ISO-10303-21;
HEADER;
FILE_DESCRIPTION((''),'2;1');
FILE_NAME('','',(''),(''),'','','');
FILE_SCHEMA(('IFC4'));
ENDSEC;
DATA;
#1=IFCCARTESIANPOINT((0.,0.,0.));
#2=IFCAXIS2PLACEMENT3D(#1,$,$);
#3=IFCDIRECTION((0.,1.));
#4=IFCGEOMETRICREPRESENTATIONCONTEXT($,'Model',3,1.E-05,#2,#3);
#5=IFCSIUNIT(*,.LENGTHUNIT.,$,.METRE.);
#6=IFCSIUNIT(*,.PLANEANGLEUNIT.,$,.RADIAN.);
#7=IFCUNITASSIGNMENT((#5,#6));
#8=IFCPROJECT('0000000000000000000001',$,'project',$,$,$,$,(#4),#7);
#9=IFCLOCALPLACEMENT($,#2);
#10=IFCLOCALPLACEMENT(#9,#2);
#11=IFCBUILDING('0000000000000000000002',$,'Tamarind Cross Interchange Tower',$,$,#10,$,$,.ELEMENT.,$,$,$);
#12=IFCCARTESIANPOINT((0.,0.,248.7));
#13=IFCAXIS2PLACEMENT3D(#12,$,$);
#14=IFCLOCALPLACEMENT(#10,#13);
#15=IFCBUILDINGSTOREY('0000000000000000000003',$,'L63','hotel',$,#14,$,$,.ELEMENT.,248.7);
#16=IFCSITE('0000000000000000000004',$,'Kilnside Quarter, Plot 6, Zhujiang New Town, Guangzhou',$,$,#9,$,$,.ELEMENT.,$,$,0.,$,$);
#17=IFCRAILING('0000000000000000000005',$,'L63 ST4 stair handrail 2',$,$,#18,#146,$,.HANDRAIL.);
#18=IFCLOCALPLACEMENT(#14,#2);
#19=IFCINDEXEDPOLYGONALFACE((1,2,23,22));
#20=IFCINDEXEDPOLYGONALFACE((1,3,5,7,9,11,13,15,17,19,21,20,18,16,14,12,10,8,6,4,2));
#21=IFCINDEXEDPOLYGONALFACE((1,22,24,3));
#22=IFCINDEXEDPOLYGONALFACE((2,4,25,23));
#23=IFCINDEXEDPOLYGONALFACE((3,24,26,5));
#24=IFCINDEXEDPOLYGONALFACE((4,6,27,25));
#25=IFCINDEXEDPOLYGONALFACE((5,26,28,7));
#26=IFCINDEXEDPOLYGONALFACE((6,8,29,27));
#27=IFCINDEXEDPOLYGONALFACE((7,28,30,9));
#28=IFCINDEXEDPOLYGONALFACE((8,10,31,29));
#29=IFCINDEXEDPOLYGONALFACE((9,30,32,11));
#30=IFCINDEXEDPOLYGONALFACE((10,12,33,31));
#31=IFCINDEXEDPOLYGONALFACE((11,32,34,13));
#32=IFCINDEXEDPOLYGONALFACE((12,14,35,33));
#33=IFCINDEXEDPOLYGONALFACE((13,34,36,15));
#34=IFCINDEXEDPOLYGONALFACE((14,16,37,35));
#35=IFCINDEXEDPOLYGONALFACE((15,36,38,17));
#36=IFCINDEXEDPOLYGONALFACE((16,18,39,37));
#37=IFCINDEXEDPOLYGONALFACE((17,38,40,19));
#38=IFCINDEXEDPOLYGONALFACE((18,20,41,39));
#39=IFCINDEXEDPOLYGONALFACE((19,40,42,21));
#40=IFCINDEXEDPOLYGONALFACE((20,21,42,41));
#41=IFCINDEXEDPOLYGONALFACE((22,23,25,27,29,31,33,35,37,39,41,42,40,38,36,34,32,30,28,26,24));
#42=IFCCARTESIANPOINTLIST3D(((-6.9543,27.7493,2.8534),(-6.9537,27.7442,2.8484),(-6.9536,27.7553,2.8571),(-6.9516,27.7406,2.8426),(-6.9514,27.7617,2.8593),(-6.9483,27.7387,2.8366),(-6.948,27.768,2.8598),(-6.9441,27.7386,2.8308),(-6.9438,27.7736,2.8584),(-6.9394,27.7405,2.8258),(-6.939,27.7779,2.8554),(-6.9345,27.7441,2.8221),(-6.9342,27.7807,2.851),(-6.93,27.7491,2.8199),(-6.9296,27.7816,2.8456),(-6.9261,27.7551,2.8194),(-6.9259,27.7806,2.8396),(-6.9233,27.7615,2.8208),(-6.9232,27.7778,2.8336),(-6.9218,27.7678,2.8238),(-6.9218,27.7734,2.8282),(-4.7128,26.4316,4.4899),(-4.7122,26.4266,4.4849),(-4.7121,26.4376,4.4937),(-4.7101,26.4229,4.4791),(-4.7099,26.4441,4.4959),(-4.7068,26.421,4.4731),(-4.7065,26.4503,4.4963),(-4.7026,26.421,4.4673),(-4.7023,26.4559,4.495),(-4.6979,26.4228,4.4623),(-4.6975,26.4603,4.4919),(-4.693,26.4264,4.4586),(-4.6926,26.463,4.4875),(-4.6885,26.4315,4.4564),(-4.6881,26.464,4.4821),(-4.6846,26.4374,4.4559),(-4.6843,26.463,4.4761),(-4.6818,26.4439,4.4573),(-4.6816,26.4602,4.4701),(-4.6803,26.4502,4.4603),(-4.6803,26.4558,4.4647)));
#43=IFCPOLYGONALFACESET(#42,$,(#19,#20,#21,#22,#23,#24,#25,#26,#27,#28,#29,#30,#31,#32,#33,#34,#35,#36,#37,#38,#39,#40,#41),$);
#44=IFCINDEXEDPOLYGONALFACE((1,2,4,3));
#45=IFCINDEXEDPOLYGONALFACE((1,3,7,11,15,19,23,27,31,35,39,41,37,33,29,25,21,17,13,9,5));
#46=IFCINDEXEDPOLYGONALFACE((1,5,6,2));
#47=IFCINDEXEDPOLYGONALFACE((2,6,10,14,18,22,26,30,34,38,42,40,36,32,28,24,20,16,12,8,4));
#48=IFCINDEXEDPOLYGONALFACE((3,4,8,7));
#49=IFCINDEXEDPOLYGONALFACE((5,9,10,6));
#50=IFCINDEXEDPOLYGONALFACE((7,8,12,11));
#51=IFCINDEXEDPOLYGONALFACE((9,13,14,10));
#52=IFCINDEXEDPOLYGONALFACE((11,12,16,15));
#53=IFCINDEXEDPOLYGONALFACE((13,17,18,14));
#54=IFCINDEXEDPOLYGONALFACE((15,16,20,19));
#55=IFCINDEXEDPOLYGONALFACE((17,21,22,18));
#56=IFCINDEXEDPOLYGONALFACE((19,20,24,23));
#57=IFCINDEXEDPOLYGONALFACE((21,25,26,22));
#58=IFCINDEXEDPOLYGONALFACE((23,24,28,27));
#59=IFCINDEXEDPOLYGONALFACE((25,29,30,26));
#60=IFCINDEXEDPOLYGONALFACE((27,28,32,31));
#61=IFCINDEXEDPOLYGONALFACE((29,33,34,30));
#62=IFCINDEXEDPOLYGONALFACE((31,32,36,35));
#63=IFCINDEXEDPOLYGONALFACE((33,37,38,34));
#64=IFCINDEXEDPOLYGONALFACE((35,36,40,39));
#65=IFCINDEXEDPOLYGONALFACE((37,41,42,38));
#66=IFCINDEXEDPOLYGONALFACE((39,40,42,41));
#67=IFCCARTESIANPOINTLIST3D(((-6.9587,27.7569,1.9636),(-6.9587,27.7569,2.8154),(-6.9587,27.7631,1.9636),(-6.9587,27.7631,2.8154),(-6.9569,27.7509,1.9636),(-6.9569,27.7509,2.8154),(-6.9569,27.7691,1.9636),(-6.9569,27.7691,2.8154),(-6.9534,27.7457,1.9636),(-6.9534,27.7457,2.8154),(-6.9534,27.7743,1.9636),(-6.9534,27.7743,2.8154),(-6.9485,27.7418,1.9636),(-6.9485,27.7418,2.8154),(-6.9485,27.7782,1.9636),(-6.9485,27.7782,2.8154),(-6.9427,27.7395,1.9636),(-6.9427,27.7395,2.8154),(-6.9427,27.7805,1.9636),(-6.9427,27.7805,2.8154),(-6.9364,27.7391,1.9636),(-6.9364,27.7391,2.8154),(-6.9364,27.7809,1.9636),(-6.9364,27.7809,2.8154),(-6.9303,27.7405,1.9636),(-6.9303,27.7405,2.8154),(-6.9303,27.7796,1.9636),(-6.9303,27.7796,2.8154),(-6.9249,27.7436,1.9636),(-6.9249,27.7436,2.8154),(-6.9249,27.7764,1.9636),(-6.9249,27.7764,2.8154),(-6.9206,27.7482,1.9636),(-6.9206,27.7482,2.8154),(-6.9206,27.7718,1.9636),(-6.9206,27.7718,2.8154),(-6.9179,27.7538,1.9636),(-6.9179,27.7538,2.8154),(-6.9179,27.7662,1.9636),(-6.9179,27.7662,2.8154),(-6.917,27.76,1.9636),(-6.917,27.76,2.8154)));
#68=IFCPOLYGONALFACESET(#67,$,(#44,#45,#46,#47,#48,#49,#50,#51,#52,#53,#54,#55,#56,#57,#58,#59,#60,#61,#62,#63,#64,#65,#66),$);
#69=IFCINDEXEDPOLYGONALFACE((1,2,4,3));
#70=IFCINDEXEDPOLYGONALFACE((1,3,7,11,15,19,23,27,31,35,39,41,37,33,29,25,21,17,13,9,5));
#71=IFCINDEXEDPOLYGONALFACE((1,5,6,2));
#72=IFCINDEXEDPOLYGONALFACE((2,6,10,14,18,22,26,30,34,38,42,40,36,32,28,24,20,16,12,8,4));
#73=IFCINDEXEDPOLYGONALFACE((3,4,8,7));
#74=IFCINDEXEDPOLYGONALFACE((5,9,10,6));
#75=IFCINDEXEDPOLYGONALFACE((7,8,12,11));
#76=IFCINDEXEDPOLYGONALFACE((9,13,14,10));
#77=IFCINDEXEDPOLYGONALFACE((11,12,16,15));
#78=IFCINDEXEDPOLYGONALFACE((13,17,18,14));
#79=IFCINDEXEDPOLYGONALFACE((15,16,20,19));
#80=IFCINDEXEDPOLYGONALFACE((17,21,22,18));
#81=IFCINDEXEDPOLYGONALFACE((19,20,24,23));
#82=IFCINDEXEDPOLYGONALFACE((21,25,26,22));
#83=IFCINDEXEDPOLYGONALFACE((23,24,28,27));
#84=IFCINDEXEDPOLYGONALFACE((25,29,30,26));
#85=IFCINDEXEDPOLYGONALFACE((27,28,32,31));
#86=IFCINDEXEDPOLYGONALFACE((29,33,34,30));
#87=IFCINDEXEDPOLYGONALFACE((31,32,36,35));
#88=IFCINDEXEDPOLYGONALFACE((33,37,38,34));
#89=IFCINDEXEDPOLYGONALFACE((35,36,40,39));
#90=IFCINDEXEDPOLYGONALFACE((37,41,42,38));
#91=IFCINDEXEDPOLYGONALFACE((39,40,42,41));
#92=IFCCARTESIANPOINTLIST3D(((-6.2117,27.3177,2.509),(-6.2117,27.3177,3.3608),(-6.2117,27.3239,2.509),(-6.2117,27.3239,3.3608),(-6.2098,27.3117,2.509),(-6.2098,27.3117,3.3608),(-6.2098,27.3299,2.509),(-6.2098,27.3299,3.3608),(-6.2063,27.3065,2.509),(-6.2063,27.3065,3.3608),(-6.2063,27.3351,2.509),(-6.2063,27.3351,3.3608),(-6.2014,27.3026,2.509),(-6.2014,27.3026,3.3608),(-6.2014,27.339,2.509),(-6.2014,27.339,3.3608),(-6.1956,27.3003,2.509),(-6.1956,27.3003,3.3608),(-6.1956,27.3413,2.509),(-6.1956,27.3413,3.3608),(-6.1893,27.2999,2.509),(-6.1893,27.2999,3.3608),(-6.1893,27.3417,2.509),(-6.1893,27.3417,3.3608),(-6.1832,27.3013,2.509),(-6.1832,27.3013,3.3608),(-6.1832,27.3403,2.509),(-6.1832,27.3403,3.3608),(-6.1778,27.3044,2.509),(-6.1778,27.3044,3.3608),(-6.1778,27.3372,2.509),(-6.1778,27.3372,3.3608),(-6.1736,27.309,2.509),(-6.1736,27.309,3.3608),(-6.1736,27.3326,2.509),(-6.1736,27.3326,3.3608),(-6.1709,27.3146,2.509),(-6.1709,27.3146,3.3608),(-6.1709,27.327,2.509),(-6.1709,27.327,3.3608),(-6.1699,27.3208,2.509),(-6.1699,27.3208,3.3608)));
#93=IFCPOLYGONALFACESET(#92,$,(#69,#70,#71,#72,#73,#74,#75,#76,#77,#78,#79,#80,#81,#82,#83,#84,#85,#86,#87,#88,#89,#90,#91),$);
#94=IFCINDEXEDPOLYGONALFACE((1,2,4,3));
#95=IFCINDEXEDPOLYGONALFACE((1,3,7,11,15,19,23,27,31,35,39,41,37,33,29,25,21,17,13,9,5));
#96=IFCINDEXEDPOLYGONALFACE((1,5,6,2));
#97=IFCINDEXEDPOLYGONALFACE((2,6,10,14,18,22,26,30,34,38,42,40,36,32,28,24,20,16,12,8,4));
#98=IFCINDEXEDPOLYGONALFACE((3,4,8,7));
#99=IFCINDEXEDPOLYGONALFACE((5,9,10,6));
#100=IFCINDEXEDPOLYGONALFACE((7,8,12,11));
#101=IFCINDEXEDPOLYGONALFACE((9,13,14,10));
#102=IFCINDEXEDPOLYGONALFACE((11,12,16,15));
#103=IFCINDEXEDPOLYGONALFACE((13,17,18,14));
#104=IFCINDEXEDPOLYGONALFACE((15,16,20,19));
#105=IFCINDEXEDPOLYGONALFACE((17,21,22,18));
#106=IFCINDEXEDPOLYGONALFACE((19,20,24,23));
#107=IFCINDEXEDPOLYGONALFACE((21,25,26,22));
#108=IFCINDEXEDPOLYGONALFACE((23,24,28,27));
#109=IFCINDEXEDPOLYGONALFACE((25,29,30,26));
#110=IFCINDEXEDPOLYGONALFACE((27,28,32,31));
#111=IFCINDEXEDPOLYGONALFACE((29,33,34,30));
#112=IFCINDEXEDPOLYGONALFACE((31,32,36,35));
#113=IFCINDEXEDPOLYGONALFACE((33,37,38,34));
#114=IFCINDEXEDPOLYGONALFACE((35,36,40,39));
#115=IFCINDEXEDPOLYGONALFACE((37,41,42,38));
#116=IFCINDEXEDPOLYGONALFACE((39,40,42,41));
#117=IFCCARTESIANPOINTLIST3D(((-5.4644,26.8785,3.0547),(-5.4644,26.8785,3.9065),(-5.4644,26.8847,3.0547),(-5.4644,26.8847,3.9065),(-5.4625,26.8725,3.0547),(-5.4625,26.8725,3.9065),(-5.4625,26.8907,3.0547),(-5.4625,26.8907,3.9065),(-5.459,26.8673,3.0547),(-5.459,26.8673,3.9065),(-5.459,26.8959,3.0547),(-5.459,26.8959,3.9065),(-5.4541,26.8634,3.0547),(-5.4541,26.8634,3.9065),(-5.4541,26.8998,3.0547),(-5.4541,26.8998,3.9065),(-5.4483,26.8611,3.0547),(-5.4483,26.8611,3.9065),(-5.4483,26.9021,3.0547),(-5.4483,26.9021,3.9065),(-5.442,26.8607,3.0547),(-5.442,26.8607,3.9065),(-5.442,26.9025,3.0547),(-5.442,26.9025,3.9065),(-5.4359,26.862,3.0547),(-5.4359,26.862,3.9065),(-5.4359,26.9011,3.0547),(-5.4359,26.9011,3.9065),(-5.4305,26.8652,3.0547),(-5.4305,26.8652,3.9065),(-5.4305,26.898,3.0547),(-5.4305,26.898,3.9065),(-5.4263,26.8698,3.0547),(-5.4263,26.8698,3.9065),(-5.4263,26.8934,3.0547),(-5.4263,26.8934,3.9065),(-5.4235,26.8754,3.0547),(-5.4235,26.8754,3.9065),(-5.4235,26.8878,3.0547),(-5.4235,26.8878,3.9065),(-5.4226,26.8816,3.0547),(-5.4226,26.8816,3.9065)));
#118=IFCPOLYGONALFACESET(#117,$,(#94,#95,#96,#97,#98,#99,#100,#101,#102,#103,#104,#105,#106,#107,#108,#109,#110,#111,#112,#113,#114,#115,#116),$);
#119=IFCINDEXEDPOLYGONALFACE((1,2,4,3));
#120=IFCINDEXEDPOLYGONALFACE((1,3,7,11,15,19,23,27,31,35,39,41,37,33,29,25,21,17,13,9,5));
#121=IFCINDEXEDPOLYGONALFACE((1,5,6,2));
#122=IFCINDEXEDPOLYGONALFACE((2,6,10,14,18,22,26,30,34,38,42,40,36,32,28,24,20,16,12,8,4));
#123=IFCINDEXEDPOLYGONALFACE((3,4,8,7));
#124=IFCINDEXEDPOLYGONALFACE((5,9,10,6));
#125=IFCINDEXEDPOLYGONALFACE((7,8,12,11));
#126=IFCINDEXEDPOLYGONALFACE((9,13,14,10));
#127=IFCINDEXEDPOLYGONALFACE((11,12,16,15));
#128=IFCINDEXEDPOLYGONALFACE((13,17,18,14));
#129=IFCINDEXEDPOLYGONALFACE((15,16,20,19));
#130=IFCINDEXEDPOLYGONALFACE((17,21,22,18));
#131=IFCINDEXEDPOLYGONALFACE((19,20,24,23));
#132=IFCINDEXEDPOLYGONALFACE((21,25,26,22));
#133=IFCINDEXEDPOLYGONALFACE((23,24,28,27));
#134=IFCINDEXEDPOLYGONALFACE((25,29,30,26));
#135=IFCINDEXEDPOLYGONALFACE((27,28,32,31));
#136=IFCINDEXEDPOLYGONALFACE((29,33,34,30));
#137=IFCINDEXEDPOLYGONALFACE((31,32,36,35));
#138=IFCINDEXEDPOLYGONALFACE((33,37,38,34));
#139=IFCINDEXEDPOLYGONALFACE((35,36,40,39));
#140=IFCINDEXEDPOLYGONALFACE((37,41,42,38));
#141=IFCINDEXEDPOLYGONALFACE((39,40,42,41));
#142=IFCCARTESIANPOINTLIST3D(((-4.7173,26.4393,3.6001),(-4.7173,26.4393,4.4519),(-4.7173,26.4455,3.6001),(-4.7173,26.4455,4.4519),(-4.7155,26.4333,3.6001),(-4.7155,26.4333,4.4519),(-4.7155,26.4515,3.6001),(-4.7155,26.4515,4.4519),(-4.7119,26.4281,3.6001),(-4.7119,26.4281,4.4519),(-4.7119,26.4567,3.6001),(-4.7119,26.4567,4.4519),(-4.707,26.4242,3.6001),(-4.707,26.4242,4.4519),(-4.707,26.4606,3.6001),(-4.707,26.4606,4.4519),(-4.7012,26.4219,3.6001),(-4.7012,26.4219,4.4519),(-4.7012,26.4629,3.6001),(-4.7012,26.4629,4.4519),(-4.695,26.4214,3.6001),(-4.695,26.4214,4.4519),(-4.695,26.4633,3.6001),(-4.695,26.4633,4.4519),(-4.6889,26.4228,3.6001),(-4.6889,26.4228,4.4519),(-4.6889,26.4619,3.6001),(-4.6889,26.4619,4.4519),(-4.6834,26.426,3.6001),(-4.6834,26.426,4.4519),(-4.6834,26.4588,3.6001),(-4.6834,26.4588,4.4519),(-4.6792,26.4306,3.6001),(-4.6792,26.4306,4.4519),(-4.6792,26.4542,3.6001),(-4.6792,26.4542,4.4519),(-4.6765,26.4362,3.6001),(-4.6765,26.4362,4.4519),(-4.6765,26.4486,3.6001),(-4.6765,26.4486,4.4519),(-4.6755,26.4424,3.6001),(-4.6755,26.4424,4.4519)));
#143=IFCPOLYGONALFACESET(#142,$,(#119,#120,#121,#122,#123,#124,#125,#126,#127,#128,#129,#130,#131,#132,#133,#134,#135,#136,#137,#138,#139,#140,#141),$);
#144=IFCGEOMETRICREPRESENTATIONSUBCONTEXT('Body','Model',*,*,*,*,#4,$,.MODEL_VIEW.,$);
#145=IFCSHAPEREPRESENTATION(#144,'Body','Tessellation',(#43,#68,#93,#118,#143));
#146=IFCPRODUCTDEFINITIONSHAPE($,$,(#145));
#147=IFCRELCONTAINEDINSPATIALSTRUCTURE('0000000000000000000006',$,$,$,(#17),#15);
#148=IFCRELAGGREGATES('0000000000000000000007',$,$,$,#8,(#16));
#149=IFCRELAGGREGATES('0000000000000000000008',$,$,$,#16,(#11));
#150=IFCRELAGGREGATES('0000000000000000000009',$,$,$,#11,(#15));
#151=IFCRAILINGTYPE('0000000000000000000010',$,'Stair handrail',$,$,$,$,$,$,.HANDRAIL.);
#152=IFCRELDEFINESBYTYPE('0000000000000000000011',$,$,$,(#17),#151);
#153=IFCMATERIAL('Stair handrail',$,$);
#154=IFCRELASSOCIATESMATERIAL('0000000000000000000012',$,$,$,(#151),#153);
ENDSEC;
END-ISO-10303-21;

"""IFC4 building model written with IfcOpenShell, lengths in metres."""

from ifc_helpers import new_model, si_unit, direction, frame, origin, origin_2d, place, context, subcontext, project, spatial, circle, extrude, material, type_object, element, save


model = new_model("IFC4")

# Units and contexts
model_context = context("Model", 3, precision=1e-05, world=origin(), true_north=direction((0.0, 1.0)))
body_context = subcontext(model_context, "Body", "Model", "MODEL_VIEW")
ifc_project = project(units=[si_unit("LENGTHUNIT", "METRE"), si_unit("PLANEANGLEUNIT", "RADIAN")], contexts=[model_context])

# Site, building, storey
site_placement = place(None, origin())
site = spatial("IfcSite", under=ifc_project, at=site_placement, Name="Kilnside Quarter, Plot 6, Zhujiang New Town, Guangzhou", CompositionType="ELEMENT", RefElevation=0.0)
building_placement = place(site_placement, origin())
building = spatial("IfcBuilding", under=site, at=building_placement, Name="Tamarind Cross Interchange Tower", CompositionType="ELEMENT")
storey_placement = place(building_placement, frame((0.0, 0.0, 248.7)))
storey = spatial("IfcBuildingStorey", under=building, at=storey_placement, Name="L63", Description="hotel", CompositionType="ELEMENT", Elevation=248.7)

# Railing
ifc_material_1 = material(Name="Stair handrail")
railing_type_1 = type_object("IfcRailingType", Name="Stair handrail", PredefinedType="HANDRAIL", material=ifc_material_1)
railing_1_placement = place(storey_placement, frame((-6.938, 27.76, 1.9636)))
element("IfcRailing", 1, at=railing_1_placement, inside=storey, type_object=railing_type_1, Name="L63 ST4 stair handrail 2", PredefinedType="HANDRAIL", context=body_context, shape_type="SweptSolid", body=[
    extrude(circle(Radius=0.0239, at=origin_2d()), frame((0.0, 0.0, 0.876), z_axis=(0.729597, -0.428889, 0.532675), x_axis=(0.50677, 0.862081, 0.0)), (0.0, 0.0, 1.0), 3.0723),
    extrude(circle(Radius=0.021, at=origin_2d()), origin(), (0.0, 0.0, 1.0), 0.8518),
    extrude(circle(Radius=0.021, at=origin_2d()), frame((0.7471, -0.4392, 0.5454)), (0.0, 0.0, 1.0), 0.8518),
    extrude(circle(Radius=0.021, at=origin_2d()), frame((1.4944, -0.8784, 1.0911)), (0.0, 0.0, 1.0), 0.8518),
    extrude(circle(Radius=0.021, at=origin_2d()), frame((2.2415, -1.3176, 1.6365)), (0.0, 0.0, 1.0), 0.8518),
])

save(model, "model.ifc")
